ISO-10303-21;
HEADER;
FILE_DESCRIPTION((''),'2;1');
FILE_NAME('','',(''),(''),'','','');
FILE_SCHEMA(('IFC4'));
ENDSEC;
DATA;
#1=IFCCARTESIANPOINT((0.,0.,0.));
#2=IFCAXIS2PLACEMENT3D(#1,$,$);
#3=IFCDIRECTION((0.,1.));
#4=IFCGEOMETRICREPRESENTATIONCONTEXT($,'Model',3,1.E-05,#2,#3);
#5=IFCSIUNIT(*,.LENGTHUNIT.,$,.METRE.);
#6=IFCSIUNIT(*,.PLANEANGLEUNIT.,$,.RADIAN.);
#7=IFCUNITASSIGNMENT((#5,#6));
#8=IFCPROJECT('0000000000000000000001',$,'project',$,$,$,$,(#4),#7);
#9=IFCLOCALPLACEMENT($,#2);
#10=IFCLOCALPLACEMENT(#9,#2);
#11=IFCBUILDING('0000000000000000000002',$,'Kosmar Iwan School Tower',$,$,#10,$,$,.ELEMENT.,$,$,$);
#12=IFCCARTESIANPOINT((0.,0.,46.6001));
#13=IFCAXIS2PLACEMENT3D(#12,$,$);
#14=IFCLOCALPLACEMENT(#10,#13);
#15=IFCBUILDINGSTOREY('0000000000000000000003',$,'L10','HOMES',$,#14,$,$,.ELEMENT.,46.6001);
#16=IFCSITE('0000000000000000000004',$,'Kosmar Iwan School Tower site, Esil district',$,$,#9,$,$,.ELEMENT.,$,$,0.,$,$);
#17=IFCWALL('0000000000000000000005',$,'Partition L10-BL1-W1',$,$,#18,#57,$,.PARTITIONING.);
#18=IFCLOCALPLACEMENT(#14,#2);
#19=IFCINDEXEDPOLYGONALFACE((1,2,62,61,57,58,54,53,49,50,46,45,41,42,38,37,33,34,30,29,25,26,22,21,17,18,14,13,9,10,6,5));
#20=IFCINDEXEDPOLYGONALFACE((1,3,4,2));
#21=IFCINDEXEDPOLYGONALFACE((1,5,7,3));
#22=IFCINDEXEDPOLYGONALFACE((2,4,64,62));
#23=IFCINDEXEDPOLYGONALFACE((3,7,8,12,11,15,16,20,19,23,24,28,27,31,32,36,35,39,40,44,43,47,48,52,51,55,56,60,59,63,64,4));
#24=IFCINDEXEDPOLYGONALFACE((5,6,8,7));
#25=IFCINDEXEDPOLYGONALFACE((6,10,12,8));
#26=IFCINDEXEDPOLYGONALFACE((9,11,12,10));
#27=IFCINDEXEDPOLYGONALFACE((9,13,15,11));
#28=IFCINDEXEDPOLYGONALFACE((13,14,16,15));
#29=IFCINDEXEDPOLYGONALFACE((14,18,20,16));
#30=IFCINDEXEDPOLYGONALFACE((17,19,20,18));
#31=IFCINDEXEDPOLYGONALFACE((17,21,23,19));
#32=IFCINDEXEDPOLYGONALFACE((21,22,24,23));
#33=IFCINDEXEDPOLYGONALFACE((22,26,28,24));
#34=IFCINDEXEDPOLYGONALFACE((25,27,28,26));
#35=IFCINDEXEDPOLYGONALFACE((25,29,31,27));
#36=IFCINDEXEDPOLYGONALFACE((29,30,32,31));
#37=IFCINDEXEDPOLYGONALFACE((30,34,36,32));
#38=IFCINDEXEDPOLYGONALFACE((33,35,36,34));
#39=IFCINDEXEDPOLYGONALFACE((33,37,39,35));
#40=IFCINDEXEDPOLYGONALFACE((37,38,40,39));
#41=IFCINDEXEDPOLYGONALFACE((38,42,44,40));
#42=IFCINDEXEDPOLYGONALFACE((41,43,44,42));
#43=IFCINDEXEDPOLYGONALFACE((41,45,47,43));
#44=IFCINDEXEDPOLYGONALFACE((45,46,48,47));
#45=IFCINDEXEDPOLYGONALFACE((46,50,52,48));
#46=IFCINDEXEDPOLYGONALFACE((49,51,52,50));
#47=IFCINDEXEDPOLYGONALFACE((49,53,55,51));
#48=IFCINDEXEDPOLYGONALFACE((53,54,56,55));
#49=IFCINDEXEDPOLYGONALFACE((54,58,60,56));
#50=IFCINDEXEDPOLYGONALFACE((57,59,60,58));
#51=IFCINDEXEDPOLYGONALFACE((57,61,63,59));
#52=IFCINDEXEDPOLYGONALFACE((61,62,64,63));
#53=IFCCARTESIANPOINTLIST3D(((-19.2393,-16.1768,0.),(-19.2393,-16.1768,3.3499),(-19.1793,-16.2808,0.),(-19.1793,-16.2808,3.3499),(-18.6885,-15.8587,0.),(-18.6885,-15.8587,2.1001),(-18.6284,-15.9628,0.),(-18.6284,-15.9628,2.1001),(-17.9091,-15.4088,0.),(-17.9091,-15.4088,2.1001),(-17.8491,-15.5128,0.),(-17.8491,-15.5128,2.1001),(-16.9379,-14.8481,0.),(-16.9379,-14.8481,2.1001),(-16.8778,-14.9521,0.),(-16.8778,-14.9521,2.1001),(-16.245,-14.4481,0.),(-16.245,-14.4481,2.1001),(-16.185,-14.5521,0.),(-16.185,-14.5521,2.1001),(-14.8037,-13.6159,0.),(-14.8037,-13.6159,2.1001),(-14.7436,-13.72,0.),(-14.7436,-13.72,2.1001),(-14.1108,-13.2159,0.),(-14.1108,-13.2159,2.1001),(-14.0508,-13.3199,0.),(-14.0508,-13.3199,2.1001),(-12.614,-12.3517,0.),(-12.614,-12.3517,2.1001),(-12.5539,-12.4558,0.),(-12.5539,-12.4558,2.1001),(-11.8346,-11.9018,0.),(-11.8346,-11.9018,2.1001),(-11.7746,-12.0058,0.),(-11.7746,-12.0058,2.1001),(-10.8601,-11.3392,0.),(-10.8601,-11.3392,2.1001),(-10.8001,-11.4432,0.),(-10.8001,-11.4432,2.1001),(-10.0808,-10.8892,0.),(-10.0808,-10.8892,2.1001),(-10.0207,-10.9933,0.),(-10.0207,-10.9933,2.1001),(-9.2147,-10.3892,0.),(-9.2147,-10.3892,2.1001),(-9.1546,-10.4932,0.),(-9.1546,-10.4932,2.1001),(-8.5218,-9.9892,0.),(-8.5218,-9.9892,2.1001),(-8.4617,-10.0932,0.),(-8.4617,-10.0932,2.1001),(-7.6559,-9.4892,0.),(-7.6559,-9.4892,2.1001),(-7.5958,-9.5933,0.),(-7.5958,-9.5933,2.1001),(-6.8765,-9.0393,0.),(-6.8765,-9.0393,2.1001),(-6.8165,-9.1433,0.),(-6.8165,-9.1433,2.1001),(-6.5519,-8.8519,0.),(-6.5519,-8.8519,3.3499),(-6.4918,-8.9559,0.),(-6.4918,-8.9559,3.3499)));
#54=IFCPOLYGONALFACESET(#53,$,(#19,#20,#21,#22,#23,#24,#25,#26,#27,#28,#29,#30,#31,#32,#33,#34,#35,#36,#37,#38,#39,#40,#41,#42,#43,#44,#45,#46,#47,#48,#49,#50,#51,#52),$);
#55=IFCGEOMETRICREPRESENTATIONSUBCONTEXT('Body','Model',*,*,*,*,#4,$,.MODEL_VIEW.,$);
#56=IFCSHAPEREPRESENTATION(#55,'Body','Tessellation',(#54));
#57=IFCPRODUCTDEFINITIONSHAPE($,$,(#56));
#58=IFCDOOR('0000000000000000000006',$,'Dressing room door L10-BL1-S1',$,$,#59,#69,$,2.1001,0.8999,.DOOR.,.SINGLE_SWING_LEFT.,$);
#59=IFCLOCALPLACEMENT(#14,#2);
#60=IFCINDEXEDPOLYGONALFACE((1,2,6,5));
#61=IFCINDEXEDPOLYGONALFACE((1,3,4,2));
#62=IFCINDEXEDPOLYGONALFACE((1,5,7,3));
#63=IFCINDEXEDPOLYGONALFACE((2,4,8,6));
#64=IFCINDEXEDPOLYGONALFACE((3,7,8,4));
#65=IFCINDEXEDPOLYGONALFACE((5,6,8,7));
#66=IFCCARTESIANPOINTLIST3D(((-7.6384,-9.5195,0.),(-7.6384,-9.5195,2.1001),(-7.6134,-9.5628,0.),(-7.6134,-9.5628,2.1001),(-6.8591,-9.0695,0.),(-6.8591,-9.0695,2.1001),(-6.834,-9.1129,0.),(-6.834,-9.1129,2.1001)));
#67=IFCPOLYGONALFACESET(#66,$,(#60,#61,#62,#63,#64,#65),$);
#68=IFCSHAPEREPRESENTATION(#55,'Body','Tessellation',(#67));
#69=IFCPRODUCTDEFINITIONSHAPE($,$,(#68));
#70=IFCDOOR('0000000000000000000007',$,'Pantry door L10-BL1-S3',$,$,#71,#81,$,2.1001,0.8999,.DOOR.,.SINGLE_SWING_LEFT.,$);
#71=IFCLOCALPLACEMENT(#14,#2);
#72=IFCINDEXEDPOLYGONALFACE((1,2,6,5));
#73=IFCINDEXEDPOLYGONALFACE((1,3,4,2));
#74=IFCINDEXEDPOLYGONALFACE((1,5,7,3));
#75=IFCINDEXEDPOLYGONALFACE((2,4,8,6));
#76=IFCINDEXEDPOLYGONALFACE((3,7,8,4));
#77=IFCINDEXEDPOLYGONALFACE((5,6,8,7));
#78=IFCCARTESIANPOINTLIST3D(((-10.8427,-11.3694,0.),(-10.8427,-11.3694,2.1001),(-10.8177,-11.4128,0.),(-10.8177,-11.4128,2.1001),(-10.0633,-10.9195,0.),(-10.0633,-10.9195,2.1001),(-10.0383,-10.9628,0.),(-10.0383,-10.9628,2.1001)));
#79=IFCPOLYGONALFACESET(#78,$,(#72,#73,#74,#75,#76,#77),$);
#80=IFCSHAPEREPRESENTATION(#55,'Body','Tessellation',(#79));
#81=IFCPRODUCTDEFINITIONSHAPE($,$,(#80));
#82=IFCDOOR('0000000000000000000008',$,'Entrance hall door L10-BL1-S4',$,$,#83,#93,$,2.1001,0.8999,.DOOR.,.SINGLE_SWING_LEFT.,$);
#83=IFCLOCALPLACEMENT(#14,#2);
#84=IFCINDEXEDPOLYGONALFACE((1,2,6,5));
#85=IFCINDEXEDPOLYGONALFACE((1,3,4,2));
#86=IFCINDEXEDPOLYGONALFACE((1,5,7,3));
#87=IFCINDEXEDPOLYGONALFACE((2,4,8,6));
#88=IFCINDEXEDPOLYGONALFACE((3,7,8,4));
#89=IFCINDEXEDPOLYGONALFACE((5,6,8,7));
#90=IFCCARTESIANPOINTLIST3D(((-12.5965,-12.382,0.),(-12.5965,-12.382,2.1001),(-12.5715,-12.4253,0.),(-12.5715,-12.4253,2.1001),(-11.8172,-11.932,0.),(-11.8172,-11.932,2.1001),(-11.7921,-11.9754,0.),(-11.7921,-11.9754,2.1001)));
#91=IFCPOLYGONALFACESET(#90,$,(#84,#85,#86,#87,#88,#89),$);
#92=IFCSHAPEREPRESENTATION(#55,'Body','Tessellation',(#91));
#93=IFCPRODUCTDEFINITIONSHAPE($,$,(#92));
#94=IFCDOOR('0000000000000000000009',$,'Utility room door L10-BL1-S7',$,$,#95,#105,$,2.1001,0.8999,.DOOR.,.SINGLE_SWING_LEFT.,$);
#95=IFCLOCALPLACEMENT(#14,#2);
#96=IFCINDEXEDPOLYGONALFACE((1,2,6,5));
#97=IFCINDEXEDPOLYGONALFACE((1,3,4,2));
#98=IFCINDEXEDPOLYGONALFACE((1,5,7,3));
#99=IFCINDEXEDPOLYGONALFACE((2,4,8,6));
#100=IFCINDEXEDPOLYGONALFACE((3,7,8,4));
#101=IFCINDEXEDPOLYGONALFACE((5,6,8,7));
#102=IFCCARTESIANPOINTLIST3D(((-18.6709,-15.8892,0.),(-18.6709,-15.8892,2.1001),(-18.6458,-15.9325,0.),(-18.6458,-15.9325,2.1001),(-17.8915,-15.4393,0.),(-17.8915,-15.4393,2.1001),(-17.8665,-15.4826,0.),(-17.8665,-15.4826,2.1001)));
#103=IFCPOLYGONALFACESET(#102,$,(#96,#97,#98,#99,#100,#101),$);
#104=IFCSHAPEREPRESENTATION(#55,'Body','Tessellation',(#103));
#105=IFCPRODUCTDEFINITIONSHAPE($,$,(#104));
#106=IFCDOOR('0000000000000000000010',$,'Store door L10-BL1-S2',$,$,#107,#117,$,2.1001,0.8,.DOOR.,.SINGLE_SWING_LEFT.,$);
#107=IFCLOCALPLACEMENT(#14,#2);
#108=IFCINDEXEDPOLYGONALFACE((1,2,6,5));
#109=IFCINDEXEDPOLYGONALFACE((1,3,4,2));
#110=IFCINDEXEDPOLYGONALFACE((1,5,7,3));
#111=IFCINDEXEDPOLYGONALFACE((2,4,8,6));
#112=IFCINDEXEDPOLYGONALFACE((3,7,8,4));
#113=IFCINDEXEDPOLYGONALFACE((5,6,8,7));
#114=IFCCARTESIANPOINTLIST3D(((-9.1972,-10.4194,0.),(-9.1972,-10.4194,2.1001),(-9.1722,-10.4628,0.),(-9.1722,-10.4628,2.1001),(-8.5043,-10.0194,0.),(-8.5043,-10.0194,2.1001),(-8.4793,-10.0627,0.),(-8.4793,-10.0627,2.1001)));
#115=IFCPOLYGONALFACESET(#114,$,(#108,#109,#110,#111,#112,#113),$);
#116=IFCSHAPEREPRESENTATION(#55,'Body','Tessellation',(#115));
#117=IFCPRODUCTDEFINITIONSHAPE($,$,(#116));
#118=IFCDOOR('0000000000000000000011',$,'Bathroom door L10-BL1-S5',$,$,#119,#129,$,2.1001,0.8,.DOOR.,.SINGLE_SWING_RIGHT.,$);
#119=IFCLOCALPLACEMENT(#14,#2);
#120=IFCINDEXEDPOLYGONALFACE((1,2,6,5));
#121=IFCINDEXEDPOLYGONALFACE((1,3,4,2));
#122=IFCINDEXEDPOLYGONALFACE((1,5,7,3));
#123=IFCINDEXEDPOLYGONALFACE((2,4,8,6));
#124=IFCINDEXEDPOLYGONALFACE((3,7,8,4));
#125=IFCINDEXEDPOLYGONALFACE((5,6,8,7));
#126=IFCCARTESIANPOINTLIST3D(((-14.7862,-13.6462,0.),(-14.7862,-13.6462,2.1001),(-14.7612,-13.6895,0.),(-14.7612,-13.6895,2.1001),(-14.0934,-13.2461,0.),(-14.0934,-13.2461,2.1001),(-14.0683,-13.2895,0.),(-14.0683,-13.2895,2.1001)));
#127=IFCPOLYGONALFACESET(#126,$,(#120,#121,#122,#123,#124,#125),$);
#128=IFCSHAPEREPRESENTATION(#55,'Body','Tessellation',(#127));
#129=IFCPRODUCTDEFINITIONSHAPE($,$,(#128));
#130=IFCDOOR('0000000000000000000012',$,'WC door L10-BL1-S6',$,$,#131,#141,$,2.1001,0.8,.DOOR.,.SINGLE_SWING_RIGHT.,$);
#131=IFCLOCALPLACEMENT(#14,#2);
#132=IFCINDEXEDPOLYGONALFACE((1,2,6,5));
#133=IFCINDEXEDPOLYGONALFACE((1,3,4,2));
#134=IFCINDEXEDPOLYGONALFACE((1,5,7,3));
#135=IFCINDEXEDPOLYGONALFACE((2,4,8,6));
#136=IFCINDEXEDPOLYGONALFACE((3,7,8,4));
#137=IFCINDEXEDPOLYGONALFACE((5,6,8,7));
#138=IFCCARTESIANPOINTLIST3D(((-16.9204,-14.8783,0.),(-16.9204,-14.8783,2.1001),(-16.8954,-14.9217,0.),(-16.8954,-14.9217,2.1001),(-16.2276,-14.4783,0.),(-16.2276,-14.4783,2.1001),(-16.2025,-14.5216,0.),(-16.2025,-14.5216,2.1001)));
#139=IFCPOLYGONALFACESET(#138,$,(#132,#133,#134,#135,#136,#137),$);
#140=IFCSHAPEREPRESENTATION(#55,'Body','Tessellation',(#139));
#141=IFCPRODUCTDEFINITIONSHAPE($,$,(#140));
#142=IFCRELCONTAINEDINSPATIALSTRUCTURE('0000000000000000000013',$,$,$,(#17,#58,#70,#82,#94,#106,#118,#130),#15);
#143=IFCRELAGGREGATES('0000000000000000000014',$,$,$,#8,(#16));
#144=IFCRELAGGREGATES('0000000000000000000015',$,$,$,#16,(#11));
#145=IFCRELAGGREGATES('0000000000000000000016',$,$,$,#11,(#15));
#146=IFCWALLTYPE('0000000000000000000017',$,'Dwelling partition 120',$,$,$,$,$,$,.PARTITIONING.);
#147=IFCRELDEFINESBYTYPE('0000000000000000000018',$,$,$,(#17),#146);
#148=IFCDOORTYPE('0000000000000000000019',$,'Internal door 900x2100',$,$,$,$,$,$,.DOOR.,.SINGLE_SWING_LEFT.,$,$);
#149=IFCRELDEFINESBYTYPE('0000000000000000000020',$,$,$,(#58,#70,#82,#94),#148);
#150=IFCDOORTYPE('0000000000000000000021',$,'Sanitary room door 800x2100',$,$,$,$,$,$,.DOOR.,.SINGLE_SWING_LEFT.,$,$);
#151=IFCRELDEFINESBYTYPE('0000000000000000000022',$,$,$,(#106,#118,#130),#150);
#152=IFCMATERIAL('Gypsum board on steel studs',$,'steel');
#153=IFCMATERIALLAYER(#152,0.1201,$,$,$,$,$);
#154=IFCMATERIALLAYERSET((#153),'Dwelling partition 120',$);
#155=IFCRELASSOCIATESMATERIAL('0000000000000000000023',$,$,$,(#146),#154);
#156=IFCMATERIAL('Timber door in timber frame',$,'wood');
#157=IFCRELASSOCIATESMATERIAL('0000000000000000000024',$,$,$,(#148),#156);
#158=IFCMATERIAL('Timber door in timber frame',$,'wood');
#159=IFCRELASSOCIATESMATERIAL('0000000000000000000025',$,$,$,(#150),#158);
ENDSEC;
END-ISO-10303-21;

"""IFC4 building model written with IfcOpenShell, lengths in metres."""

from ifc_helpers import new_model, si_unit, direction, frame, frame_2d, origin, place, context, subcontext, project, spatial, rectangle, extrude, material, layer, layer_set, type_object, element, fill, save


model = new_model("IFC4")

# Units and contexts
model_context = context("Model", 3, precision=1e-05, world=origin(), true_north=direction((0.0, 1.0)))
body_context = subcontext(model_context, "Body", "Model", "MODEL_VIEW")
ifc_project = project(units=[si_unit("LENGTHUNIT", "METRE"), si_unit("PLANEANGLEUNIT", "RADIAN")], contexts=[model_context])

# Site, building, storey
site_placement = place(None, origin())
site = spatial("IfcSite", under=ifc_project, at=site_placement, Name="Kosmar Iwan School Tower site, Esil district", CompositionType="ELEMENT", RefElevation=0.0)
building_placement = place(site_placement, origin())
building = spatial("IfcBuilding", under=site, at=building_placement, Name="Kosmar Iwan School Tower", CompositionType="ELEMENT")
storey_placement = place(building_placement, frame((0.0, 0.0, 46.6001)))
storey = spatial("IfcBuildingStorey", under=building, at=storey_placement, Name="L10", Description="HOMES", CompositionType="ELEMENT", Elevation=46.6001)

# Wall, openings, doors
ifc_material_1 = material(Name="Gypsum board on steel studs", Category="steel")
ifc_layer_1 = layer(ifc_material_1, 0.1201)
ifc_layer_set_1 = layer_set([ifc_layer_1], Name="Dwelling partition 120")
wall_type_1 = type_object("IfcWallType", Name="Dwelling partition 120", PredefinedType="PARTITIONING", material=ifc_layer_set_1)
wall_1_placement = place(storey_placement, frame((-6.5217, -8.9038, 0.0), z_axis=(0.0, 0.0, 1.0), x_axis=(-0.866031, -0.499991, 0.0)))
wall_1 = element("IfcWall", 1, at=wall_1_placement, inside=storey, type_object=wall_type_1, Name="Partition L10-BL1-W1", PredefinedType="PARTITIONING", context=body_context, shape_type="SweptSolid", body=[
    extrude(rectangle(XDim=14.6501, YDim=0.1201, at=frame_2d((7.3252, 0.0))), origin(), (0.0, 0.0, 1.0), 3.3499),
])
opening_1_placement = place(wall_1_placement, frame((0.375, 0.0, 0.0)))
opening_1 = element("IfcOpeningElement", 2, at=opening_1_placement, cuts=wall_1, PredefinedType="OPENING", context=body_context, shape_type="SweptSolid", body=[
    extrude(rectangle(XDim=0.8999, YDim=2.1001, at=frame_2d((0.45, 1.05))), frame((0.0, 0.072, 0.0), z_axis=(0.0, -1.0, 0.0), x_axis=(1.0, 0.0, 0.0)), (0.0, 0.0, 1.0), 0.144),
])
opening_2_placement = place(wall_1_placement, frame((2.2749, 0.0, 0.0)))
opening_2 = element("IfcOpeningElement", 3, at=opening_2_placement, cuts=wall_1, PredefinedType="OPENING", context=body_context, shape_type="SweptSolid", body=[
    extrude(rectangle(XDim=0.8, YDim=2.1001, at=frame_2d((0.3999, 1.05))), frame((0.0, 0.072, 0.0), z_axis=(0.0, -1.0, 0.0), x_axis=(1.0, 0.0, 0.0)), (0.0, 0.0, 1.0), 0.144),
])
opening_3_placement = place(wall_1_placement, frame((4.075, 0.0, 0.0)))
opening_3 = element("IfcOpeningElement", 4, at=opening_3_placement, cuts=wall_1, PredefinedType="OPENING", context=body_context, shape_type="SweptSolid", body=[
    extrude(rectangle(XDim=0.8999, YDim=2.1001, at=frame_2d((0.45, 1.05))), frame((0.0, 0.072, 0.0), z_axis=(0.0, -1.0, 0.0), x_axis=(1.0, 0.0, 0.0)), (0.0, 0.0, 1.0), 0.144),
])
opening_4_placement = place(wall_1_placement, frame((6.1001, 0.0, 0.0)))
opening_4 = element("IfcOpeningElement", 5, at=opening_4_placement, cuts=wall_1, PredefinedType="OPENING", context=body_context, shape_type="SweptSolid", body=[
    extrude(rectangle(XDim=0.8999, YDim=2.1001, at=frame_2d((0.45, 1.05))), frame((0.0, 0.072, 0.0), z_axis=(0.0, -1.0, 0.0), x_axis=(1.0, 0.0, 0.0)), (0.0, 0.0, 1.0), 0.144),
])
opening_5_placement = place(wall_1_placement, frame((8.7285, 0.0, 0.0)))
opening_5 = element("IfcOpeningElement", 6, at=opening_5_placement, cuts=wall_1, PredefinedType="OPENING", context=body_context, shape_type="SweptSolid", body=[
    extrude(rectangle(XDim=0.8, YDim=2.1001, at=frame_2d((0.3999, 1.05))), frame((0.0, 0.072, 0.0), z_axis=(0.0, -1.0, 0.0), x_axis=(1.0, 0.0, 0.0)), (0.0, 0.0, 1.0), 0.144),
])
opening_6_placement = place(wall_1_placement, frame((11.1929, 0.0, 0.0)))
opening_6 = element("IfcOpeningElement", 7, at=opening_6_placement, cuts=wall_1, PredefinedType="OPENING", context=body_context, shape_type="SweptSolid", body=[
    extrude(rectangle(XDim=0.8, YDim=2.1001, at=frame_2d((0.3999, 1.05))), frame((0.0, 0.072, 0.0), z_axis=(0.0, -1.0, 0.0), x_axis=(1.0, 0.0, 0.0)), (0.0, 0.0, 1.0), 0.144),
])
opening_7_placement = place(wall_1_placement, frame((13.1143, 0.0, 0.0)))
opening_7 = element("IfcOpeningElement", 8, at=opening_7_placement, cuts=wall_1, PredefinedType="OPENING", context=body_context, shape_type="SweptSolid", body=[
    extrude(rectangle(XDim=0.8999, YDim=2.1001, at=frame_2d((0.45, 1.05))), frame((0.0, 0.072, 0.0), z_axis=(0.0, -1.0, 0.0), x_axis=(1.0, 0.0, 0.0)), (0.0, 0.0, 1.0), 0.144),
])
ifc_material_2 = material(Name="Timber door in timber frame", Category="wood")
door_type_1 = type_object("IfcDoorType", Name="Internal door 900x2100", OperationType="SINGLE_SWING_LEFT", PredefinedType="DOOR", material=ifc_material_2)
door_1_placement = place(opening_1_placement, origin())
door_1 = element("IfcDoor", 9, at=door_1_placement, inside=storey, type_object=door_type_1, Name="Dressing room door L10-BL1-S1", OperationType="SINGLE_SWING_LEFT", OverallHeight=2.1001, OverallWidth=0.8999, PredefinedType="DOOR", context=body_context, shape_type="SweptSolid", body=[
    extrude(rectangle(XDim=0.8999, YDim=2.1001, at=frame_2d((0.45, 1.05))), frame((0.0, 0.0249, 0.0), z_axis=(0.0, -1.0, 0.0), x_axis=(1.0, 0.0, 0.0)), (0.0, 0.0, 1.0), 0.05),
])
fill(opening_1, door_1)
door_2_placement = place(opening_3_placement, origin())
door_2 = element("IfcDoor", 10, at=door_2_placement, inside=storey, type_object=door_type_1, Name="Pantry door L10-BL1-S3", OperationType="SINGLE_SWING_LEFT", OverallHeight=2.1001, OverallWidth=0.8999, PredefinedType="DOOR", context=body_context, shape_type="SweptSolid", body=[
    extrude(rectangle(XDim=0.8999, YDim=2.1001, at=frame_2d((0.45, 1.05))), frame((0.0, 0.0249, 0.0), z_axis=(0.0, -1.0, 0.0), x_axis=(1.0, 0.0, 0.0)), (0.0, 0.0, 1.0), 0.05),
])
fill(opening_3, door_2)
door_3_placement = place(opening_4_placement, origin())
door_3 = element("IfcDoor", 11, at=door_3_placement, inside=storey, type_object=door_type_1, Name="Entrance hall door L10-BL1-S4", OperationType="SINGLE_SWING_LEFT", OverallHeight=2.1001, OverallWidth=0.8999, PredefinedType="DOOR", context=body_context, shape_type="SweptSolid", body=[
    extrude(rectangle(XDim=0.8999, YDim=2.1001, at=frame_2d((0.45, 1.05))), frame((0.0, 0.0249, 0.0), z_axis=(0.0, -1.0, 0.0), x_axis=(1.0, 0.0, 0.0)), (0.0, 0.0, 1.0), 0.05),
])
fill(opening_4, door_3)
door_4_placement = place(opening_7_placement, frame((0.8999, 0.0, 0.0), z_axis=(0.0, 0.0, 1.0), x_axis=(-1.0, 0.0, 0.0)))
door_4 = element("IfcDoor", 12, at=door_4_placement, inside=storey, type_object=door_type_1, Name="Utility room door L10-BL1-S7", OperationType="SINGLE_SWING_LEFT", OverallHeight=2.1001, OverallWidth=0.8999, PredefinedType="DOOR", context=body_context, shape_type="SweptSolid", body=[
    extrude(rectangle(XDim=0.8999, YDim=2.1001, at=frame_2d((0.45, 1.05))), frame((0.0, 0.0249, 0.0), z_axis=(0.0, -1.0, 0.0), x_axis=(1.0, 0.0, 0.0)), (0.0, 0.0, 1.0), 0.05),
])
fill(opening_7, door_4)
ifc_material_3 = material(Name="Timber door in timber frame", Category="wood")
door_type_2 = type_object("IfcDoorType", Name="Sanitary room door 800x2100", OperationType="SINGLE_SWING_LEFT", PredefinedType="DOOR", material=ifc_material_3)
door_5_placement = place(opening_2_placement, origin())
door_5 = element("IfcDoor", 13, at=door_5_placement, inside=storey, type_object=door_type_2, Name="Store door L10-BL1-S2", OperationType="SINGLE_SWING_LEFT", OverallHeight=2.1001, OverallWidth=0.8, PredefinedType="DOOR", context=body_context, shape_type="SweptSolid", body=[
    extrude(rectangle(XDim=0.8, YDim=2.1001, at=frame_2d((0.3999, 1.05))), frame((0.0, 0.0249, 0.0), z_axis=(0.0, -1.0, 0.0), x_axis=(1.0, 0.0, 0.0)), (0.0, 0.0, 1.0), 0.05),
])
fill(opening_2, door_5)
door_6_placement = place(opening_5_placement, origin())
door_6 = element("IfcDoor", 14, at=door_6_placement, inside=storey, type_object=door_type_2, Name="Bathroom door L10-BL1-S5", OperationType="SINGLE_SWING_RIGHT", OverallHeight=2.1001, OverallWidth=0.8, PredefinedType="DOOR", context=body_context, shape_type="SweptSolid", body=[
    extrude(rectangle(XDim=0.8, YDim=2.1001, at=frame_2d((0.3999, 1.05))), frame((0.0, 0.0249, 0.0), z_axis=(0.0, -1.0, 0.0), x_axis=(1.0, 0.0, 0.0)), (0.0, 0.0, 1.0), 0.05),
])
fill(opening_5, door_6)
door_7_placement = place(opening_6_placement, origin())
door_7 = element("IfcDoor", 15, at=door_7_placement, inside=storey, type_object=door_type_2, Name="WC door L10-BL1-S6", OperationType="SINGLE_SWING_RIGHT", OverallHeight=2.1001, OverallWidth=0.8, PredefinedType="DOOR", context=body_context, shape_type="SweptSolid", body=[
    extrude(rectangle(XDim=0.8, YDim=2.1001, at=frame_2d((0.3999, 1.05))), frame((0.0, 0.0249, 0.0), z_axis=(0.0, -1.0, 0.0), x_axis=(1.0, 0.0, 0.0)), (0.0, 0.0, 1.0), 0.05),
])
fill(opening_6, door_7)

save(model, "model.ifc")
